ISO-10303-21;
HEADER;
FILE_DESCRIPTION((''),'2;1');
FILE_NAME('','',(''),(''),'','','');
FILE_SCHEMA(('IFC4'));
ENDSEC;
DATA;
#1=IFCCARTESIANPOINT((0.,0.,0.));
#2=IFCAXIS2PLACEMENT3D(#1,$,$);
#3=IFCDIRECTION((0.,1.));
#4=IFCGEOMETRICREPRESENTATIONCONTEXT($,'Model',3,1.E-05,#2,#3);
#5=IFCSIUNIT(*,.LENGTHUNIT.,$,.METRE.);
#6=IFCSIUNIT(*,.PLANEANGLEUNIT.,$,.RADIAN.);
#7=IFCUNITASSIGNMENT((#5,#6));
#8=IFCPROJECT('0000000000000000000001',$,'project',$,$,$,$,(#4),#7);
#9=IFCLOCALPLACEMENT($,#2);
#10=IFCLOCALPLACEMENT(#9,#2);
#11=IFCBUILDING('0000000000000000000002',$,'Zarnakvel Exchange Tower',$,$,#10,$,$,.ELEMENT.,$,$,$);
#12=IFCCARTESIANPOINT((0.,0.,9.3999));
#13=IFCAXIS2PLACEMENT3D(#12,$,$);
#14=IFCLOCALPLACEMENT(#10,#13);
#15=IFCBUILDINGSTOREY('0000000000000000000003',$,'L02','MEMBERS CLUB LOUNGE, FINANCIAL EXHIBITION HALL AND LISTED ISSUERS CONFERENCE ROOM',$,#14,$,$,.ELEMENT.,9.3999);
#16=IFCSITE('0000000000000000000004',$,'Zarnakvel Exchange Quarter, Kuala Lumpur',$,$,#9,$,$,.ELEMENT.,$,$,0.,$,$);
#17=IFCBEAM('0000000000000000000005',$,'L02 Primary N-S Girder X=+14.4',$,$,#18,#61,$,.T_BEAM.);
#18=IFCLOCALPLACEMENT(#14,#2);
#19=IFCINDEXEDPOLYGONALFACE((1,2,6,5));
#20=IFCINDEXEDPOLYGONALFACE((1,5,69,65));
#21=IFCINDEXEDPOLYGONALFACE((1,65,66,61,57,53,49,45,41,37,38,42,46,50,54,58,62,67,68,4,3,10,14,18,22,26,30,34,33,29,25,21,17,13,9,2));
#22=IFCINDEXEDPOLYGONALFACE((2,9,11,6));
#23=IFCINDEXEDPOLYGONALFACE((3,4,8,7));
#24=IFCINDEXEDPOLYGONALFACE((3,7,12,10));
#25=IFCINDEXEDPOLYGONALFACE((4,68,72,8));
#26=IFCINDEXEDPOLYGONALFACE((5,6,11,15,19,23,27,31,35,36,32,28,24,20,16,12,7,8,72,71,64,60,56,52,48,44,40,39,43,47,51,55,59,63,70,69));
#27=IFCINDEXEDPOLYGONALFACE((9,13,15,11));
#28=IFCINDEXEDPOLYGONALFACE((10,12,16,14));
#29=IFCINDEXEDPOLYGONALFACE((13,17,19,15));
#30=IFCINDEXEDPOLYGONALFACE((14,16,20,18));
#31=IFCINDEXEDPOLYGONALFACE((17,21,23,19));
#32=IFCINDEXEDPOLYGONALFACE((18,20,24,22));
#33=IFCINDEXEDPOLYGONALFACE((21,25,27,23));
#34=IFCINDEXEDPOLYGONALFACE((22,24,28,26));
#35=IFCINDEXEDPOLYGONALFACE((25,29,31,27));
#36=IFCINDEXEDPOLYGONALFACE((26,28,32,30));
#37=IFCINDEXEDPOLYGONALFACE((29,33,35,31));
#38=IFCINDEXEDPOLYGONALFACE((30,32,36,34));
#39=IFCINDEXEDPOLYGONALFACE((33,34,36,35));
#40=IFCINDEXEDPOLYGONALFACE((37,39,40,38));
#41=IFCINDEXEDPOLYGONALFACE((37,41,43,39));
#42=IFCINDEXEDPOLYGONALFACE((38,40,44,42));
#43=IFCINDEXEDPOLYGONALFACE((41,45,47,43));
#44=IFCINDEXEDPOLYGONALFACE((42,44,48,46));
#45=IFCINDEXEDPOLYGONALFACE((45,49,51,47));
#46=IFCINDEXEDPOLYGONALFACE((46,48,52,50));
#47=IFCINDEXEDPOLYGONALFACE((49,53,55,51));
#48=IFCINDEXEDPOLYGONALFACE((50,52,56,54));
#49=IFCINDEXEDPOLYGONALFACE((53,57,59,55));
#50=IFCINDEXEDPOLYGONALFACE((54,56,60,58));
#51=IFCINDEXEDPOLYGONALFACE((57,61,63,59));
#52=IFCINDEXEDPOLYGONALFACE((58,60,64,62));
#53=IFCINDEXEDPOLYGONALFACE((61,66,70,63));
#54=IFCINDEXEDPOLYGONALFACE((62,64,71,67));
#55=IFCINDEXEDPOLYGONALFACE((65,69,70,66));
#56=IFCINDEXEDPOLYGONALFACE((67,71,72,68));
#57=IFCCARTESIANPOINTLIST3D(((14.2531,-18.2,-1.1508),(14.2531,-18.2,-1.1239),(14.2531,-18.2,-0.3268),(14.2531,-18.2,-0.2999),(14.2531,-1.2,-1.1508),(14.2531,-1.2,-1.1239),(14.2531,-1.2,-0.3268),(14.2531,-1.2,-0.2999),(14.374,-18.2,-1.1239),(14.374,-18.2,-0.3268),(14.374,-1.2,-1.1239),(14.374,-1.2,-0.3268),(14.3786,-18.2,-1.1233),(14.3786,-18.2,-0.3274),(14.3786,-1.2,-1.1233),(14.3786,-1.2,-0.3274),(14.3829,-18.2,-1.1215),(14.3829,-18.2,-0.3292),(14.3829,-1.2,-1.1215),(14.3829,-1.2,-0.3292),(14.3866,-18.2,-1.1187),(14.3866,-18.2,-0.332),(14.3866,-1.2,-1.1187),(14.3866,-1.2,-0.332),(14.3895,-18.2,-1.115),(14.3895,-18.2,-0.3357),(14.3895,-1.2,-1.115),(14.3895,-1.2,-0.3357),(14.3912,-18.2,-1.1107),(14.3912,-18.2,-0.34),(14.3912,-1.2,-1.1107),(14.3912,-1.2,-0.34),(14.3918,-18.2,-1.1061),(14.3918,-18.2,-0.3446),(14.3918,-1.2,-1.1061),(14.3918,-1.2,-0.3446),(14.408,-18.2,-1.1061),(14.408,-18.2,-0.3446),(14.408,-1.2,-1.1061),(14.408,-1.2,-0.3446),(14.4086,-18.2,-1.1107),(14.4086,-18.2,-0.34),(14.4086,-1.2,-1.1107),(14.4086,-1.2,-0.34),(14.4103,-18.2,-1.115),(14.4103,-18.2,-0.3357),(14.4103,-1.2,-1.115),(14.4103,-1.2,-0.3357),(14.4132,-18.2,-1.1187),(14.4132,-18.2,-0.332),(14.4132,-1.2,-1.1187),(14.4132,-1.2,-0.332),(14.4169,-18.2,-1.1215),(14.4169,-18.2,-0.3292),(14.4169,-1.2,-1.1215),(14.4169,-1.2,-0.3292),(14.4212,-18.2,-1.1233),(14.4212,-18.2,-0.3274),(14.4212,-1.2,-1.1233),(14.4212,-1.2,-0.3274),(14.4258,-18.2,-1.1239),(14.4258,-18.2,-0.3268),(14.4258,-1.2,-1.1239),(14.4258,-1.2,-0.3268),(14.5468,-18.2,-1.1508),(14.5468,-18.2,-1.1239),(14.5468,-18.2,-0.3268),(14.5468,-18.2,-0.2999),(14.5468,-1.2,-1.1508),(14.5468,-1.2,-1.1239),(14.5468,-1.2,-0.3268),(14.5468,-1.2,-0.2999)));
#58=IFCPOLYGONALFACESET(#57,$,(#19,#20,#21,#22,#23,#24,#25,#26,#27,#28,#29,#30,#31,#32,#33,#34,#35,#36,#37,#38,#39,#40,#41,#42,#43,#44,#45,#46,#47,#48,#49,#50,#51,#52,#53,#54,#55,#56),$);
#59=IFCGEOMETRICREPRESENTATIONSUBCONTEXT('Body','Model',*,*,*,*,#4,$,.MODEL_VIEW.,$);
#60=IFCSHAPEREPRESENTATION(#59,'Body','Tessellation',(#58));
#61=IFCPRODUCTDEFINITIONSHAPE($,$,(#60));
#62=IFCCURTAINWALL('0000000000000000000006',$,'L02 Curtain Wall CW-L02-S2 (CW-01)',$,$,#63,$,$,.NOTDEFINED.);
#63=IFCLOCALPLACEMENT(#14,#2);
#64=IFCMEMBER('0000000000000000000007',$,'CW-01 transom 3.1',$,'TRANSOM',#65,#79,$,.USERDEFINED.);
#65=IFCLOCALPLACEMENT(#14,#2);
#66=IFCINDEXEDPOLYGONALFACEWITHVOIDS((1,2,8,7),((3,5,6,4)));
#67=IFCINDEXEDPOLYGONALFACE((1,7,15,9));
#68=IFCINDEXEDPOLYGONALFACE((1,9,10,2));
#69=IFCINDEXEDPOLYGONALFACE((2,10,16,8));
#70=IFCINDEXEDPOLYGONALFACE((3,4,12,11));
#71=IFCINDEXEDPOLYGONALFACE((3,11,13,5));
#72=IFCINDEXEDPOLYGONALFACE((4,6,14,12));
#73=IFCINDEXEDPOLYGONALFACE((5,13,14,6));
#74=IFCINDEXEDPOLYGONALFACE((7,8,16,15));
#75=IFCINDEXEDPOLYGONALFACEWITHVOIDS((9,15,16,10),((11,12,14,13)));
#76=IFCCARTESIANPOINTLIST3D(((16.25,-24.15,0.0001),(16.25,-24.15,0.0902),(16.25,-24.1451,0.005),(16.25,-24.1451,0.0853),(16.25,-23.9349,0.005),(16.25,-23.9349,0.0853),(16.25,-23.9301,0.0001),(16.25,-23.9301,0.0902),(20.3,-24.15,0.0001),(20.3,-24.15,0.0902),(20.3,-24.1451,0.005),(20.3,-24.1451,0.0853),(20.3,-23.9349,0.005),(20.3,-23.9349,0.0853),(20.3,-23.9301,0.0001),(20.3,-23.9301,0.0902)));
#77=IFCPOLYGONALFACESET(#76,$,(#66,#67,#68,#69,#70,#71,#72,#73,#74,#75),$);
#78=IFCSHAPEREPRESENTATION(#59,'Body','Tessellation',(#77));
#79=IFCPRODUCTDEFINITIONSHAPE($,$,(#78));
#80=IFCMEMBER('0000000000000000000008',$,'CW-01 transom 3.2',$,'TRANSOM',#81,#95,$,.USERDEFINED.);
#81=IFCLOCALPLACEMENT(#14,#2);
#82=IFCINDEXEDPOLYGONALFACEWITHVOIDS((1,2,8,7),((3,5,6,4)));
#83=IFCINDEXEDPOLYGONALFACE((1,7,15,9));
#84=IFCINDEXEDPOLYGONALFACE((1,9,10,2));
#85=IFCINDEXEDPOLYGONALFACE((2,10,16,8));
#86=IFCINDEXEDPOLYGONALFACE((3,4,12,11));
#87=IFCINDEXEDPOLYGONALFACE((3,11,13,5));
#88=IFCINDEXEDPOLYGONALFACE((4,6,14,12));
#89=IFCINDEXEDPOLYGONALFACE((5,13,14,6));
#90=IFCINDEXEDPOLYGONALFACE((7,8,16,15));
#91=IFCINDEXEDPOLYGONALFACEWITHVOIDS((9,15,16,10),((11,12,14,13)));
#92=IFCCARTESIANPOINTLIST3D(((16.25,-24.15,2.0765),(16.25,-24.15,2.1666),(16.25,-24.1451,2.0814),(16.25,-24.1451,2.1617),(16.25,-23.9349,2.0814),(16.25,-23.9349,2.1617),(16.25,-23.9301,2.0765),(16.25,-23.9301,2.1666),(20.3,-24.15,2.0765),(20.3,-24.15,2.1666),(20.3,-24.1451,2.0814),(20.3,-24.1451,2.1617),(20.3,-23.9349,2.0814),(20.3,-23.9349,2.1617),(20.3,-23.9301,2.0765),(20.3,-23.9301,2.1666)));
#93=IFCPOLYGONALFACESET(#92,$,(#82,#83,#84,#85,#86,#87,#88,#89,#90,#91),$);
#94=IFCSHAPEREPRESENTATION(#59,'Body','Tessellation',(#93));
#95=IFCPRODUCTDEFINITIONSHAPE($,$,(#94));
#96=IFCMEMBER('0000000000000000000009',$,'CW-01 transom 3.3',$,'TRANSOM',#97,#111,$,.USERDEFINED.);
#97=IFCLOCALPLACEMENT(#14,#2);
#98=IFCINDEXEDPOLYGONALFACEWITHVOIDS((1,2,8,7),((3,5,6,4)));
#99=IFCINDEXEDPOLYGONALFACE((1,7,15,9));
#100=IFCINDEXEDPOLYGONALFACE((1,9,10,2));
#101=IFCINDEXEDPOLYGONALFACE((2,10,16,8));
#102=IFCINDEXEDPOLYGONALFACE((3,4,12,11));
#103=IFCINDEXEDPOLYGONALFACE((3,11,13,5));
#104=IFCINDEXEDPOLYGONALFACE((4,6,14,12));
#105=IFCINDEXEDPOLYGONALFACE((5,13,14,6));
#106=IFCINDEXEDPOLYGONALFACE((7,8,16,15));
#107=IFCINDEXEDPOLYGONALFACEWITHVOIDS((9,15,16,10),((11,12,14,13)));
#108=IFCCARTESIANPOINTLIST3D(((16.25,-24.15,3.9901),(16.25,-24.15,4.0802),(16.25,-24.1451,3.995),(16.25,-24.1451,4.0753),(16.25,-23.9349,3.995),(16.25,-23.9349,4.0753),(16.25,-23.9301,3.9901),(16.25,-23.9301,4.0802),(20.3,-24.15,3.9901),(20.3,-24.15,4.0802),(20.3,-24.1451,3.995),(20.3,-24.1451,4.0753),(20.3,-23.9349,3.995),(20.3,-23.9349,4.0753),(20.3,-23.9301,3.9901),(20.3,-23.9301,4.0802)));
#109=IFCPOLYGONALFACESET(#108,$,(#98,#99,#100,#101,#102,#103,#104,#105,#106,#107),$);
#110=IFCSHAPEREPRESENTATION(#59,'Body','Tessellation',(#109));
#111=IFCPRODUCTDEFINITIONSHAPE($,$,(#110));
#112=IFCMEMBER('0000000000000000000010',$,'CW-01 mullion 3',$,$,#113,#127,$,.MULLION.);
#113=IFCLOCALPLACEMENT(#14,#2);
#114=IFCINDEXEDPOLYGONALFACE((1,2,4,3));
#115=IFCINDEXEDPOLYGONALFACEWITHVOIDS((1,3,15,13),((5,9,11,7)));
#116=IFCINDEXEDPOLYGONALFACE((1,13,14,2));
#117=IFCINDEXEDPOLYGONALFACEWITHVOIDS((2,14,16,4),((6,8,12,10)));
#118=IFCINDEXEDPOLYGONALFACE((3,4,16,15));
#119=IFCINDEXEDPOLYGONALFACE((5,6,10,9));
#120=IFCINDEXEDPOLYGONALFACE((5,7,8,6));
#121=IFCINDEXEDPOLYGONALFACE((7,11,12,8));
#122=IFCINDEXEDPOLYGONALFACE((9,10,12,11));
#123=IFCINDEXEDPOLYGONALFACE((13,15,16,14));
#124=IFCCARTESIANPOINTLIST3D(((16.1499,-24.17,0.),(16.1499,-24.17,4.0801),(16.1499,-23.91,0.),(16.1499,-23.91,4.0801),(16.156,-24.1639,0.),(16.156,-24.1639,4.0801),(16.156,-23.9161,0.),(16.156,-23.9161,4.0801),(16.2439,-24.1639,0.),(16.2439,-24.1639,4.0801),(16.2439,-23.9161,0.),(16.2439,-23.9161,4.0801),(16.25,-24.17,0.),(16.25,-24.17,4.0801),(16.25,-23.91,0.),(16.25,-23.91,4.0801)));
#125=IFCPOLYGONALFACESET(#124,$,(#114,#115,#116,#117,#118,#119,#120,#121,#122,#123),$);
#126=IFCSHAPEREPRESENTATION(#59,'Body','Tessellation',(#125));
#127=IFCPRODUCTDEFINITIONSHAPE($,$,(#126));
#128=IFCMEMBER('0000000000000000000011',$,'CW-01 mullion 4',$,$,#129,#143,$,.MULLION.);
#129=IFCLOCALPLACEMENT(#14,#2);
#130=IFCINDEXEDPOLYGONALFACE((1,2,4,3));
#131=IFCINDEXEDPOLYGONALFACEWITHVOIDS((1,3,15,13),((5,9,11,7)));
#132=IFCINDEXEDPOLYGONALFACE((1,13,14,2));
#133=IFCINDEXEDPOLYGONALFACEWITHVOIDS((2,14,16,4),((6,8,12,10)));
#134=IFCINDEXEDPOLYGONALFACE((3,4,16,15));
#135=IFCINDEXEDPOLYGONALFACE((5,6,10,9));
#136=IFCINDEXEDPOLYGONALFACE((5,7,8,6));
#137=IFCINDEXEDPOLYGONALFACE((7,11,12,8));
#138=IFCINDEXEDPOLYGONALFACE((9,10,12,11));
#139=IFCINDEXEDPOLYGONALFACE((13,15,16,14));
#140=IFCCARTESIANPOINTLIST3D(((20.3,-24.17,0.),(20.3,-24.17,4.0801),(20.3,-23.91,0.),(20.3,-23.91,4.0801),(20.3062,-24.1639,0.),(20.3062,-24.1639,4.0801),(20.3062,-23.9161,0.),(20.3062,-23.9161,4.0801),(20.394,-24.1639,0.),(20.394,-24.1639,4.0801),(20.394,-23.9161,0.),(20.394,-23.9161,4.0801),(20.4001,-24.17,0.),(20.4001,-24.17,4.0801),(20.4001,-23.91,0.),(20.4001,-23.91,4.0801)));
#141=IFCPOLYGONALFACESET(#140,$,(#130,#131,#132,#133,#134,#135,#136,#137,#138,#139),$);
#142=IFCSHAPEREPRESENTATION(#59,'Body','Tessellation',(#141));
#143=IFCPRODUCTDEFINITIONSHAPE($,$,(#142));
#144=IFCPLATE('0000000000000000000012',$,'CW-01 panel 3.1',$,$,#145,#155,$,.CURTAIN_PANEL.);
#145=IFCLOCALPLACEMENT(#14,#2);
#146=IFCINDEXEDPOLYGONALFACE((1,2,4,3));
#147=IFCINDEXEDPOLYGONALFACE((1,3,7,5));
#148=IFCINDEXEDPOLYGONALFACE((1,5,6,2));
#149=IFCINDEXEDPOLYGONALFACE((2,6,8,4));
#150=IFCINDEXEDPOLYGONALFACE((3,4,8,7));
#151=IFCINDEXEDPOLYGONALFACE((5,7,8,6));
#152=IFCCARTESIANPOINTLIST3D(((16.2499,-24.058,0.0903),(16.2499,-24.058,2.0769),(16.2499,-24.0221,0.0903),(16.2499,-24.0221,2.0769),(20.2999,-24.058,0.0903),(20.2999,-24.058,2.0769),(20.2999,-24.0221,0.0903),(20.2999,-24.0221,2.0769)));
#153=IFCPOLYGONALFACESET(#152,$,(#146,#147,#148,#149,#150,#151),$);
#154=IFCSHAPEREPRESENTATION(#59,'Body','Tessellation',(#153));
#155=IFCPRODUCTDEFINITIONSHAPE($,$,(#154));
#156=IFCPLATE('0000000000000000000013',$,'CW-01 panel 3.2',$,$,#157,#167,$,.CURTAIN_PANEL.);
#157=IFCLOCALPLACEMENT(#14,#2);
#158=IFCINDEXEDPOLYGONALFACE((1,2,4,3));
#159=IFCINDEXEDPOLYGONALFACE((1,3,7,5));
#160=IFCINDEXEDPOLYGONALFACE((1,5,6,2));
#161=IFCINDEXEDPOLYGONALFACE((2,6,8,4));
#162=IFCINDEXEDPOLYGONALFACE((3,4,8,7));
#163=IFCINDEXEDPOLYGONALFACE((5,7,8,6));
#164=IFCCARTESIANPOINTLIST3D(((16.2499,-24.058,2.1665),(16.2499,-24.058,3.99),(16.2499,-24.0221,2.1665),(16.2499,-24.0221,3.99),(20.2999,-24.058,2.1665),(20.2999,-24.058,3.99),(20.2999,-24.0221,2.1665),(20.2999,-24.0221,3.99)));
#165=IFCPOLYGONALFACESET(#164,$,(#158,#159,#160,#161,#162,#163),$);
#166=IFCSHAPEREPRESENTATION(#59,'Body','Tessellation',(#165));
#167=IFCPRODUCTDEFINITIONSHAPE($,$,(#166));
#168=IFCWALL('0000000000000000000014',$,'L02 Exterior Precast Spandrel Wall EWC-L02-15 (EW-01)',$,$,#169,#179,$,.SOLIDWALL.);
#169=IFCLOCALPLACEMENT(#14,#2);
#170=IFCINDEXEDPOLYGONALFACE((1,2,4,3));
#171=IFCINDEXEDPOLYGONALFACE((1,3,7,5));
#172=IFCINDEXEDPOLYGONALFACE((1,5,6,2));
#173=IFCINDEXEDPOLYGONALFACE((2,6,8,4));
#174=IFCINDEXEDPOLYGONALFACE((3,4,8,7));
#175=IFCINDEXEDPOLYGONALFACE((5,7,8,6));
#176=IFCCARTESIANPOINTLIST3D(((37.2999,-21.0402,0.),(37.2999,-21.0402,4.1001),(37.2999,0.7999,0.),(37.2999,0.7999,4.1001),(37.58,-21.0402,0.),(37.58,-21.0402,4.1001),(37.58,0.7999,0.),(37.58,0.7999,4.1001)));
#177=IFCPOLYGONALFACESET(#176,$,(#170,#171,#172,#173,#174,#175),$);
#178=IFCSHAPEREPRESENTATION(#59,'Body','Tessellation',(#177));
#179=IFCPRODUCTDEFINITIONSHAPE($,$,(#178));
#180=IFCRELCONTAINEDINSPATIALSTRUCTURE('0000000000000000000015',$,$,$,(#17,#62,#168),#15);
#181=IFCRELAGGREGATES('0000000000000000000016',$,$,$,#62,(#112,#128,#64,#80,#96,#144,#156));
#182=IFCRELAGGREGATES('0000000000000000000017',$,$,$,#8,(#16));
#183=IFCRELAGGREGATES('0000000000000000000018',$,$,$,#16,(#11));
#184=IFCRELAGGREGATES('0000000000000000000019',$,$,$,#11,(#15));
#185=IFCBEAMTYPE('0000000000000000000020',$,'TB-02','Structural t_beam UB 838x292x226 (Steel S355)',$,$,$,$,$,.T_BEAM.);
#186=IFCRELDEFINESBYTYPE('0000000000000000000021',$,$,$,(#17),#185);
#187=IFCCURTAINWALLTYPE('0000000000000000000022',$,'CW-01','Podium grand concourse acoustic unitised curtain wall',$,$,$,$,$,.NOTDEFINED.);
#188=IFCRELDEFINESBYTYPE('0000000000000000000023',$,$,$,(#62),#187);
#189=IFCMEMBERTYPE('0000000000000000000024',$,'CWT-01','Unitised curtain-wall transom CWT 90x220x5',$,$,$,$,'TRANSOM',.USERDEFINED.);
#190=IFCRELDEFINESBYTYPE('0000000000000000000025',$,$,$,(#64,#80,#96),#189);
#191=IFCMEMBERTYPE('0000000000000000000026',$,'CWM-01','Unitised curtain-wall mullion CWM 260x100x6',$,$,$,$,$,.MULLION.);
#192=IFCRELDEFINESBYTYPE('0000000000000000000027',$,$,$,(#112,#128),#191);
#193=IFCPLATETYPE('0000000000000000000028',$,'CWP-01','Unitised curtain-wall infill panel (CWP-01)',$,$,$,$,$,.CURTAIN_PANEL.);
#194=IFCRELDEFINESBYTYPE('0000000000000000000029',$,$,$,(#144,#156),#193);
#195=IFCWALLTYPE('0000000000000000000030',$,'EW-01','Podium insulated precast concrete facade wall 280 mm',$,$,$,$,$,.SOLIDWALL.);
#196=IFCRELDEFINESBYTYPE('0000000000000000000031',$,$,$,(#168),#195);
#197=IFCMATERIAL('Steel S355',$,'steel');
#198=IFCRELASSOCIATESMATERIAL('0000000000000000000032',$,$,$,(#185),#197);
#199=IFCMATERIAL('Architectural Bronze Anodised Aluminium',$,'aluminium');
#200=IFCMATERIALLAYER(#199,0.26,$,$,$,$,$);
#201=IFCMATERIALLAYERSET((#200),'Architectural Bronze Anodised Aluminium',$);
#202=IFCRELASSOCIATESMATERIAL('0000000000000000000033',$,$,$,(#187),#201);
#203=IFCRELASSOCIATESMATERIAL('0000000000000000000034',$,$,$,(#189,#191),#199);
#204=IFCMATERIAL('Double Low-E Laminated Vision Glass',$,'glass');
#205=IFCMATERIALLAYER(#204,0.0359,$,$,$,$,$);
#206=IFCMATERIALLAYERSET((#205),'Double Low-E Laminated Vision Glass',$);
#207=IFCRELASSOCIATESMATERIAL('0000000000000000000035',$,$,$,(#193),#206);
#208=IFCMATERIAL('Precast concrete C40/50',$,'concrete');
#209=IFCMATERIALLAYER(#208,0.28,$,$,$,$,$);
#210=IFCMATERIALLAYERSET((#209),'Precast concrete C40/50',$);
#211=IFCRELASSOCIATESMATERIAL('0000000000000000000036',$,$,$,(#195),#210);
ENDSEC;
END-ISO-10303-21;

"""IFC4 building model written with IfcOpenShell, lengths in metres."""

from ifc_helpers import new_model, si_unit, direction, frame, frame_2d, origin, origin_2d, place, context, subcontext, project, spatial, rectangle, hollow_rectangle, i_section, extrude, source, transform, mapped, material, layer, layer_set, material_profile, profile_set, type_object, element, aggregate, save


model = new_model("IFC4")

# Units and contexts
model_context = context("Model", 3, precision=1e-05, world=origin(), true_north=direction((0.0, 1.0)))
body_context = subcontext(model_context, "Body", "Model", "MODEL_VIEW")
ifc_project = project(units=[si_unit("LENGTHUNIT", "METRE"), si_unit("PLANEANGLEUNIT", "RADIAN")], contexts=[model_context])

# Site, building, storey
site_placement = place(None, origin())
site = spatial("IfcSite", under=ifc_project, at=site_placement, Name="Zarnakvel Exchange Quarter, Kuala Lumpur", CompositionType="ELEMENT", RefElevation=0.0)
building_placement = place(site_placement, origin())
building = spatial("IfcBuilding", under=site, at=building_placement, Name="Zarnakvel Exchange Tower", CompositionType="ELEMENT")
storey_placement = place(building_placement, frame((0.0, 0.0, 9.3999)))
storey = spatial("IfcBuildingStorey", under=building, at=storey_placement, Name="L02", Description="MEMBERS CLUB LOUNGE, FINANCIAL EXHIBITION HALL AND LISTED ISSUERS CONFERENCE ROOM", CompositionType="ELEMENT", Elevation=9.3999)

# Beam
ifc_material_1 = material(Name="Steel S355", Category="steel")
ifc_material_profile_1 = material_profile(ifc_material_1, i_section(OverallWidth=0.2937, OverallDepth=0.8508, WebThickness=0.0161, FlangeThickness=0.0269, FilletRadius=0.0178, at=origin_2d()))
ifc_profile_set_1 = profile_set([ifc_material_profile_1], Name="Steel S355")
beam_type_1 = type_object("IfcBeamType", Name="TB-02", Description="Structural t_beam UB 838x292x226 (Steel S355)", PredefinedType="T_BEAM", material=ifc_profile_set_1)
beam_1_placement = place(storey_placement, frame((14.3999, -18.2, -0.7253), z_axis=(0.0, 1.0, 0.0), x_axis=(-1.0, 0.0, 0.0)))
element("IfcBeam", 1, at=beam_1_placement, inside=storey, type_object=beam_type_1, Name="L02 Primary N-S Girder X=+14.4", PredefinedType="T_BEAM", context=body_context, shape_type="SweptSolid", body=[
    extrude(i_section(OverallWidth=0.2937, OverallDepth=0.8508, WebThickness=0.0161, FlangeThickness=0.0269, FilletRadius=0.0178, at=origin_2d()), origin(), (0.0, 0.0, 1.0), 17.0),
])

# Curtain wall, members, plates
ifc_material_2 = material(Name="Architectural Bronze Anodised Aluminium", Category="aluminium")
ifc_layer_1 = layer(ifc_material_2, 0.26)
ifc_layer_set_1 = layer_set([ifc_layer_1], Name="Architectural Bronze Anodised Aluminium")
curtain_wall_type = type_object("IfcCurtainWallType", Name="CW-01", Description="Podium grand concourse acoustic unitised curtain wall", PredefinedType="NOTDEFINED", material=ifc_layer_set_1)
curtain_wall_placement = place(storey_placement, origin())
curtain_wall = element("IfcCurtainWall", 2, at=curtain_wall_placement, inside=storey, type_object=curtain_wall_type, Name="L02 Curtain Wall CW-L02-S2 (CW-01)", PredefinedType="NOTDEFINED")
ifc_material_profile_2 = material_profile(ifc_material_2, hollow_rectangle(XDim=0.22, YDim=0.0901, WallThickness=0.0049, at=origin_2d()))
ifc_profile_set_2 = profile_set([ifc_material_profile_2], Name="Architectural Bronze Anodised Aluminium")
member_type_1 = type_object("IfcMemberType", Name="CWT-01", Description="Unitised curtain-wall transom CWT 90x220x5", ElementType="TRANSOM", PredefinedType="USERDEFINED", material=ifc_profile_set_2)
shared_shape_1 = source(origin(), body_context, "Body", "SweptSolid", [
    extrude(hollow_rectangle(XDim=0.22, YDim=0.0901, WallThickness=0.0049, at=origin_2d()), origin(), (0.0, 0.0, 1.0), 4.05),
])
member_1_placement = place(storey_placement, frame((16.25, -24.04, 0.0452), z_axis=(1.0, 0.0, 0.0), x_axis=(0.0, 1.0, 0.0)))
member_1 = element("IfcMember", 3, at=member_1_placement, type_object=member_type_1, Name="CW-01 transom 3.1", ObjectType="TRANSOM", PredefinedType="USERDEFINED", context=body_context, shape_type="MappedRepresentation", body=[
    mapped(shared_shape_1, transform((0.0, 0.0, 0.0), x_axis=(1.0, 0.0, 0.0), y_axis=(0.0, 1.0, 0.0), z_axis=(0.0, 0.0, 1.0), scale=1.0)),
])
member_2_placement = place(storey_placement, frame((16.25, -24.04, 2.1216), z_axis=(1.0, 0.0, 0.0), x_axis=(0.0, 1.0, 0.0)))
member_2 = element("IfcMember", 4, at=member_2_placement, type_object=member_type_1, Name="CW-01 transom 3.2", ObjectType="TRANSOM", PredefinedType="USERDEFINED", context=body_context, shape_type="MappedRepresentation", body=[
    mapped(shared_shape_1, transform((0.0, 0.0, 0.0), x_axis=(1.0, 0.0, 0.0), y_axis=(0.0, 1.0, 0.0), z_axis=(0.0, 0.0, 1.0), scale=1.0)),
])
member_3_placement = place(storey_placement, frame((16.25, -24.04, 4.0352), z_axis=(1.0, 0.0, 0.0), x_axis=(0.0, 1.0, 0.0)))
member_3 = element("IfcMember", 5, at=member_3_placement, type_object=member_type_1, Name="CW-01 transom 3.3", ObjectType="TRANSOM", PredefinedType="USERDEFINED", context=body_context, shape_type="MappedRepresentation", body=[
    mapped(shared_shape_1, transform((0.0, 0.0, 0.0), x_axis=(1.0, 0.0, 0.0), y_axis=(0.0, 1.0, 0.0), z_axis=(0.0, 0.0, 1.0), scale=1.0)),
])
ifc_material_profile_3 = material_profile(ifc_material_2, hollow_rectangle(XDim=0.26, YDim=0.1001, WallThickness=0.0061, at=origin_2d()))
ifc_profile_set_3 = profile_set([ifc_material_profile_3], Name="Architectural Bronze Anodised Aluminium")
member_type_2 = type_object("IfcMemberType", Name="CWM-01", Description="Unitised curtain-wall mullion CWM 260x100x6", PredefinedType="MULLION", material=ifc_profile_set_3)
shared_shape_2 = source(origin(), body_context, "Body", "SweptSolid", [
    extrude(hollow_rectangle(XDim=0.26, YDim=0.1001, WallThickness=0.0061, at=origin_2d()), origin(), (0.0, 0.0, 1.0), 4.0801),
])
member_4_placement = place(storey_placement, frame((16.2, -24.04, 0.0), z_axis=(0.0, 0.0, 1.0), x_axis=(0.0, 1.0, 0.0)))
member_4 = element("IfcMember", 6, at=member_4_placement, type_object=member_type_2, Name="CW-01 mullion 3", PredefinedType="MULLION", context=body_context, shape_type="MappedRepresentation", body=[
    mapped(shared_shape_2, transform((0.0, 0.0, 0.0), x_axis=(1.0, 0.0, 0.0), y_axis=(0.0, 1.0, 0.0), z_axis=(0.0, 0.0, 1.0), scale=1.0)),
])
member_5_placement = place(storey_placement, frame((20.3501, -24.04, 0.0), z_axis=(0.0, 0.0, 1.0), x_axis=(0.0, 1.0, 0.0)))
member_5 = element("IfcMember", 7, at=member_5_placement, type_object=member_type_2, Name="CW-01 mullion 4", PredefinedType="MULLION", context=body_context, shape_type="MappedRepresentation", body=[
    mapped(shared_shape_2, transform((0.0, 0.0, 0.0), x_axis=(1.0, 0.0, 0.0), y_axis=(0.0, 1.0, 0.0), z_axis=(0.0, 0.0, 1.0), scale=1.0)),
])
ifc_material_3 = material(Name="Double Low-E Laminated Vision Glass", Category="glass")
ifc_layer_2 = layer(ifc_material_3, 0.0359)
ifc_layer_set_2 = layer_set([ifc_layer_2], Name="Double Low-E Laminated Vision Glass")
plate_type = type_object("IfcPlateType", Name="CWP-01", Description="Unitised curtain-wall infill panel (CWP-01)", PredefinedType="CURTAIN_PANEL", material=ifc_layer_set_2)
shared_shape_3 = source(origin(), body_context, "Body", "SweptSolid", [
    extrude(rectangle(XDim=4.05, YDim=0.0359, at=origin_2d()), origin(), (0.0, 0.0, 1.0), 1.9866),
])
plate_1_placement = place(storey_placement, frame((18.2749, -24.04, 0.0903), z_axis=(0.0, 0.0, 1.0), x_axis=(1.0, 0.0, 0.0)))
plate_1 = element("IfcPlate", 8, at=plate_1_placement, type_object=plate_type, Name="CW-01 panel 3.1", PredefinedType="CURTAIN_PANEL", context=body_context, shape_type="MappedRepresentation", body=[
    mapped(shared_shape_3, transform((0.0, 0.0, 0.0), x_axis=(1.0, 0.0, 0.0), y_axis=(0.0, 1.0, 0.0), z_axis=(0.0, 0.0, 1.0), scale=1.0)),
])
shared_shape_4 = source(origin(), body_context, "Body", "SweptSolid", [
    extrude(rectangle(XDim=4.05, YDim=0.0359, at=origin_2d()), origin(), (0.0, 0.0, 1.0), 1.8235),
])
plate_2_placement = place(storey_placement, frame((18.2749, -24.04, 2.1665), z_axis=(0.0, 0.0, 1.0), x_axis=(1.0, 0.0, 0.0)))
plate_2 = element("IfcPlate", 9, at=plate_2_placement, type_object=plate_type, Name="CW-01 panel 3.2", PredefinedType="CURTAIN_PANEL", context=body_context, shape_type="MappedRepresentation", body=[
    mapped(shared_shape_4, transform((0.0, 0.0, 0.0), x_axis=(1.0, 0.0, 0.0), y_axis=(0.0, 1.0, 0.0), z_axis=(0.0, 0.0, 1.0), scale=1.0)),
])
aggregate(curtain_wall, [member_4, member_5, member_1, member_2, member_3, plate_1, plate_2])

# Wall
ifc_material_4 = material(Name="Precast concrete C40/50", Category="concrete")
ifc_layer_3 = layer(ifc_material_4, 0.28)
ifc_layer_set_3 = layer_set([ifc_layer_3], Name="Precast concrete C40/50")
wall_type_1 = type_object("IfcWallType", Name="EW-01", Description="Podium insulated precast concrete facade wall 280 mm", PredefinedType="SOLIDWALL", material=ifc_layer_set_3)
wall_1_placement = place(storey_placement, frame((37.4399, -21.04, 0.0), z_axis=(0.0, 0.0, 1.0), x_axis=(0.0, 1.0, 0.0)))
element("IfcWall", 10, at=wall_1_placement, inside=storey, type_object=wall_type_1, Name="L02 Exterior Precast Spandrel Wall EWC-L02-15 (EW-01)", PredefinedType="SOLIDWALL", context=body_context, shape_type="SweptSolid", body=[
    extrude(rectangle(XDim=21.8401, YDim=0.28, at=frame_2d((10.9199, 0.0))), origin(), (0.0, 0.0, 1.0), 4.1001),
])

save(model, "model.ifc")
